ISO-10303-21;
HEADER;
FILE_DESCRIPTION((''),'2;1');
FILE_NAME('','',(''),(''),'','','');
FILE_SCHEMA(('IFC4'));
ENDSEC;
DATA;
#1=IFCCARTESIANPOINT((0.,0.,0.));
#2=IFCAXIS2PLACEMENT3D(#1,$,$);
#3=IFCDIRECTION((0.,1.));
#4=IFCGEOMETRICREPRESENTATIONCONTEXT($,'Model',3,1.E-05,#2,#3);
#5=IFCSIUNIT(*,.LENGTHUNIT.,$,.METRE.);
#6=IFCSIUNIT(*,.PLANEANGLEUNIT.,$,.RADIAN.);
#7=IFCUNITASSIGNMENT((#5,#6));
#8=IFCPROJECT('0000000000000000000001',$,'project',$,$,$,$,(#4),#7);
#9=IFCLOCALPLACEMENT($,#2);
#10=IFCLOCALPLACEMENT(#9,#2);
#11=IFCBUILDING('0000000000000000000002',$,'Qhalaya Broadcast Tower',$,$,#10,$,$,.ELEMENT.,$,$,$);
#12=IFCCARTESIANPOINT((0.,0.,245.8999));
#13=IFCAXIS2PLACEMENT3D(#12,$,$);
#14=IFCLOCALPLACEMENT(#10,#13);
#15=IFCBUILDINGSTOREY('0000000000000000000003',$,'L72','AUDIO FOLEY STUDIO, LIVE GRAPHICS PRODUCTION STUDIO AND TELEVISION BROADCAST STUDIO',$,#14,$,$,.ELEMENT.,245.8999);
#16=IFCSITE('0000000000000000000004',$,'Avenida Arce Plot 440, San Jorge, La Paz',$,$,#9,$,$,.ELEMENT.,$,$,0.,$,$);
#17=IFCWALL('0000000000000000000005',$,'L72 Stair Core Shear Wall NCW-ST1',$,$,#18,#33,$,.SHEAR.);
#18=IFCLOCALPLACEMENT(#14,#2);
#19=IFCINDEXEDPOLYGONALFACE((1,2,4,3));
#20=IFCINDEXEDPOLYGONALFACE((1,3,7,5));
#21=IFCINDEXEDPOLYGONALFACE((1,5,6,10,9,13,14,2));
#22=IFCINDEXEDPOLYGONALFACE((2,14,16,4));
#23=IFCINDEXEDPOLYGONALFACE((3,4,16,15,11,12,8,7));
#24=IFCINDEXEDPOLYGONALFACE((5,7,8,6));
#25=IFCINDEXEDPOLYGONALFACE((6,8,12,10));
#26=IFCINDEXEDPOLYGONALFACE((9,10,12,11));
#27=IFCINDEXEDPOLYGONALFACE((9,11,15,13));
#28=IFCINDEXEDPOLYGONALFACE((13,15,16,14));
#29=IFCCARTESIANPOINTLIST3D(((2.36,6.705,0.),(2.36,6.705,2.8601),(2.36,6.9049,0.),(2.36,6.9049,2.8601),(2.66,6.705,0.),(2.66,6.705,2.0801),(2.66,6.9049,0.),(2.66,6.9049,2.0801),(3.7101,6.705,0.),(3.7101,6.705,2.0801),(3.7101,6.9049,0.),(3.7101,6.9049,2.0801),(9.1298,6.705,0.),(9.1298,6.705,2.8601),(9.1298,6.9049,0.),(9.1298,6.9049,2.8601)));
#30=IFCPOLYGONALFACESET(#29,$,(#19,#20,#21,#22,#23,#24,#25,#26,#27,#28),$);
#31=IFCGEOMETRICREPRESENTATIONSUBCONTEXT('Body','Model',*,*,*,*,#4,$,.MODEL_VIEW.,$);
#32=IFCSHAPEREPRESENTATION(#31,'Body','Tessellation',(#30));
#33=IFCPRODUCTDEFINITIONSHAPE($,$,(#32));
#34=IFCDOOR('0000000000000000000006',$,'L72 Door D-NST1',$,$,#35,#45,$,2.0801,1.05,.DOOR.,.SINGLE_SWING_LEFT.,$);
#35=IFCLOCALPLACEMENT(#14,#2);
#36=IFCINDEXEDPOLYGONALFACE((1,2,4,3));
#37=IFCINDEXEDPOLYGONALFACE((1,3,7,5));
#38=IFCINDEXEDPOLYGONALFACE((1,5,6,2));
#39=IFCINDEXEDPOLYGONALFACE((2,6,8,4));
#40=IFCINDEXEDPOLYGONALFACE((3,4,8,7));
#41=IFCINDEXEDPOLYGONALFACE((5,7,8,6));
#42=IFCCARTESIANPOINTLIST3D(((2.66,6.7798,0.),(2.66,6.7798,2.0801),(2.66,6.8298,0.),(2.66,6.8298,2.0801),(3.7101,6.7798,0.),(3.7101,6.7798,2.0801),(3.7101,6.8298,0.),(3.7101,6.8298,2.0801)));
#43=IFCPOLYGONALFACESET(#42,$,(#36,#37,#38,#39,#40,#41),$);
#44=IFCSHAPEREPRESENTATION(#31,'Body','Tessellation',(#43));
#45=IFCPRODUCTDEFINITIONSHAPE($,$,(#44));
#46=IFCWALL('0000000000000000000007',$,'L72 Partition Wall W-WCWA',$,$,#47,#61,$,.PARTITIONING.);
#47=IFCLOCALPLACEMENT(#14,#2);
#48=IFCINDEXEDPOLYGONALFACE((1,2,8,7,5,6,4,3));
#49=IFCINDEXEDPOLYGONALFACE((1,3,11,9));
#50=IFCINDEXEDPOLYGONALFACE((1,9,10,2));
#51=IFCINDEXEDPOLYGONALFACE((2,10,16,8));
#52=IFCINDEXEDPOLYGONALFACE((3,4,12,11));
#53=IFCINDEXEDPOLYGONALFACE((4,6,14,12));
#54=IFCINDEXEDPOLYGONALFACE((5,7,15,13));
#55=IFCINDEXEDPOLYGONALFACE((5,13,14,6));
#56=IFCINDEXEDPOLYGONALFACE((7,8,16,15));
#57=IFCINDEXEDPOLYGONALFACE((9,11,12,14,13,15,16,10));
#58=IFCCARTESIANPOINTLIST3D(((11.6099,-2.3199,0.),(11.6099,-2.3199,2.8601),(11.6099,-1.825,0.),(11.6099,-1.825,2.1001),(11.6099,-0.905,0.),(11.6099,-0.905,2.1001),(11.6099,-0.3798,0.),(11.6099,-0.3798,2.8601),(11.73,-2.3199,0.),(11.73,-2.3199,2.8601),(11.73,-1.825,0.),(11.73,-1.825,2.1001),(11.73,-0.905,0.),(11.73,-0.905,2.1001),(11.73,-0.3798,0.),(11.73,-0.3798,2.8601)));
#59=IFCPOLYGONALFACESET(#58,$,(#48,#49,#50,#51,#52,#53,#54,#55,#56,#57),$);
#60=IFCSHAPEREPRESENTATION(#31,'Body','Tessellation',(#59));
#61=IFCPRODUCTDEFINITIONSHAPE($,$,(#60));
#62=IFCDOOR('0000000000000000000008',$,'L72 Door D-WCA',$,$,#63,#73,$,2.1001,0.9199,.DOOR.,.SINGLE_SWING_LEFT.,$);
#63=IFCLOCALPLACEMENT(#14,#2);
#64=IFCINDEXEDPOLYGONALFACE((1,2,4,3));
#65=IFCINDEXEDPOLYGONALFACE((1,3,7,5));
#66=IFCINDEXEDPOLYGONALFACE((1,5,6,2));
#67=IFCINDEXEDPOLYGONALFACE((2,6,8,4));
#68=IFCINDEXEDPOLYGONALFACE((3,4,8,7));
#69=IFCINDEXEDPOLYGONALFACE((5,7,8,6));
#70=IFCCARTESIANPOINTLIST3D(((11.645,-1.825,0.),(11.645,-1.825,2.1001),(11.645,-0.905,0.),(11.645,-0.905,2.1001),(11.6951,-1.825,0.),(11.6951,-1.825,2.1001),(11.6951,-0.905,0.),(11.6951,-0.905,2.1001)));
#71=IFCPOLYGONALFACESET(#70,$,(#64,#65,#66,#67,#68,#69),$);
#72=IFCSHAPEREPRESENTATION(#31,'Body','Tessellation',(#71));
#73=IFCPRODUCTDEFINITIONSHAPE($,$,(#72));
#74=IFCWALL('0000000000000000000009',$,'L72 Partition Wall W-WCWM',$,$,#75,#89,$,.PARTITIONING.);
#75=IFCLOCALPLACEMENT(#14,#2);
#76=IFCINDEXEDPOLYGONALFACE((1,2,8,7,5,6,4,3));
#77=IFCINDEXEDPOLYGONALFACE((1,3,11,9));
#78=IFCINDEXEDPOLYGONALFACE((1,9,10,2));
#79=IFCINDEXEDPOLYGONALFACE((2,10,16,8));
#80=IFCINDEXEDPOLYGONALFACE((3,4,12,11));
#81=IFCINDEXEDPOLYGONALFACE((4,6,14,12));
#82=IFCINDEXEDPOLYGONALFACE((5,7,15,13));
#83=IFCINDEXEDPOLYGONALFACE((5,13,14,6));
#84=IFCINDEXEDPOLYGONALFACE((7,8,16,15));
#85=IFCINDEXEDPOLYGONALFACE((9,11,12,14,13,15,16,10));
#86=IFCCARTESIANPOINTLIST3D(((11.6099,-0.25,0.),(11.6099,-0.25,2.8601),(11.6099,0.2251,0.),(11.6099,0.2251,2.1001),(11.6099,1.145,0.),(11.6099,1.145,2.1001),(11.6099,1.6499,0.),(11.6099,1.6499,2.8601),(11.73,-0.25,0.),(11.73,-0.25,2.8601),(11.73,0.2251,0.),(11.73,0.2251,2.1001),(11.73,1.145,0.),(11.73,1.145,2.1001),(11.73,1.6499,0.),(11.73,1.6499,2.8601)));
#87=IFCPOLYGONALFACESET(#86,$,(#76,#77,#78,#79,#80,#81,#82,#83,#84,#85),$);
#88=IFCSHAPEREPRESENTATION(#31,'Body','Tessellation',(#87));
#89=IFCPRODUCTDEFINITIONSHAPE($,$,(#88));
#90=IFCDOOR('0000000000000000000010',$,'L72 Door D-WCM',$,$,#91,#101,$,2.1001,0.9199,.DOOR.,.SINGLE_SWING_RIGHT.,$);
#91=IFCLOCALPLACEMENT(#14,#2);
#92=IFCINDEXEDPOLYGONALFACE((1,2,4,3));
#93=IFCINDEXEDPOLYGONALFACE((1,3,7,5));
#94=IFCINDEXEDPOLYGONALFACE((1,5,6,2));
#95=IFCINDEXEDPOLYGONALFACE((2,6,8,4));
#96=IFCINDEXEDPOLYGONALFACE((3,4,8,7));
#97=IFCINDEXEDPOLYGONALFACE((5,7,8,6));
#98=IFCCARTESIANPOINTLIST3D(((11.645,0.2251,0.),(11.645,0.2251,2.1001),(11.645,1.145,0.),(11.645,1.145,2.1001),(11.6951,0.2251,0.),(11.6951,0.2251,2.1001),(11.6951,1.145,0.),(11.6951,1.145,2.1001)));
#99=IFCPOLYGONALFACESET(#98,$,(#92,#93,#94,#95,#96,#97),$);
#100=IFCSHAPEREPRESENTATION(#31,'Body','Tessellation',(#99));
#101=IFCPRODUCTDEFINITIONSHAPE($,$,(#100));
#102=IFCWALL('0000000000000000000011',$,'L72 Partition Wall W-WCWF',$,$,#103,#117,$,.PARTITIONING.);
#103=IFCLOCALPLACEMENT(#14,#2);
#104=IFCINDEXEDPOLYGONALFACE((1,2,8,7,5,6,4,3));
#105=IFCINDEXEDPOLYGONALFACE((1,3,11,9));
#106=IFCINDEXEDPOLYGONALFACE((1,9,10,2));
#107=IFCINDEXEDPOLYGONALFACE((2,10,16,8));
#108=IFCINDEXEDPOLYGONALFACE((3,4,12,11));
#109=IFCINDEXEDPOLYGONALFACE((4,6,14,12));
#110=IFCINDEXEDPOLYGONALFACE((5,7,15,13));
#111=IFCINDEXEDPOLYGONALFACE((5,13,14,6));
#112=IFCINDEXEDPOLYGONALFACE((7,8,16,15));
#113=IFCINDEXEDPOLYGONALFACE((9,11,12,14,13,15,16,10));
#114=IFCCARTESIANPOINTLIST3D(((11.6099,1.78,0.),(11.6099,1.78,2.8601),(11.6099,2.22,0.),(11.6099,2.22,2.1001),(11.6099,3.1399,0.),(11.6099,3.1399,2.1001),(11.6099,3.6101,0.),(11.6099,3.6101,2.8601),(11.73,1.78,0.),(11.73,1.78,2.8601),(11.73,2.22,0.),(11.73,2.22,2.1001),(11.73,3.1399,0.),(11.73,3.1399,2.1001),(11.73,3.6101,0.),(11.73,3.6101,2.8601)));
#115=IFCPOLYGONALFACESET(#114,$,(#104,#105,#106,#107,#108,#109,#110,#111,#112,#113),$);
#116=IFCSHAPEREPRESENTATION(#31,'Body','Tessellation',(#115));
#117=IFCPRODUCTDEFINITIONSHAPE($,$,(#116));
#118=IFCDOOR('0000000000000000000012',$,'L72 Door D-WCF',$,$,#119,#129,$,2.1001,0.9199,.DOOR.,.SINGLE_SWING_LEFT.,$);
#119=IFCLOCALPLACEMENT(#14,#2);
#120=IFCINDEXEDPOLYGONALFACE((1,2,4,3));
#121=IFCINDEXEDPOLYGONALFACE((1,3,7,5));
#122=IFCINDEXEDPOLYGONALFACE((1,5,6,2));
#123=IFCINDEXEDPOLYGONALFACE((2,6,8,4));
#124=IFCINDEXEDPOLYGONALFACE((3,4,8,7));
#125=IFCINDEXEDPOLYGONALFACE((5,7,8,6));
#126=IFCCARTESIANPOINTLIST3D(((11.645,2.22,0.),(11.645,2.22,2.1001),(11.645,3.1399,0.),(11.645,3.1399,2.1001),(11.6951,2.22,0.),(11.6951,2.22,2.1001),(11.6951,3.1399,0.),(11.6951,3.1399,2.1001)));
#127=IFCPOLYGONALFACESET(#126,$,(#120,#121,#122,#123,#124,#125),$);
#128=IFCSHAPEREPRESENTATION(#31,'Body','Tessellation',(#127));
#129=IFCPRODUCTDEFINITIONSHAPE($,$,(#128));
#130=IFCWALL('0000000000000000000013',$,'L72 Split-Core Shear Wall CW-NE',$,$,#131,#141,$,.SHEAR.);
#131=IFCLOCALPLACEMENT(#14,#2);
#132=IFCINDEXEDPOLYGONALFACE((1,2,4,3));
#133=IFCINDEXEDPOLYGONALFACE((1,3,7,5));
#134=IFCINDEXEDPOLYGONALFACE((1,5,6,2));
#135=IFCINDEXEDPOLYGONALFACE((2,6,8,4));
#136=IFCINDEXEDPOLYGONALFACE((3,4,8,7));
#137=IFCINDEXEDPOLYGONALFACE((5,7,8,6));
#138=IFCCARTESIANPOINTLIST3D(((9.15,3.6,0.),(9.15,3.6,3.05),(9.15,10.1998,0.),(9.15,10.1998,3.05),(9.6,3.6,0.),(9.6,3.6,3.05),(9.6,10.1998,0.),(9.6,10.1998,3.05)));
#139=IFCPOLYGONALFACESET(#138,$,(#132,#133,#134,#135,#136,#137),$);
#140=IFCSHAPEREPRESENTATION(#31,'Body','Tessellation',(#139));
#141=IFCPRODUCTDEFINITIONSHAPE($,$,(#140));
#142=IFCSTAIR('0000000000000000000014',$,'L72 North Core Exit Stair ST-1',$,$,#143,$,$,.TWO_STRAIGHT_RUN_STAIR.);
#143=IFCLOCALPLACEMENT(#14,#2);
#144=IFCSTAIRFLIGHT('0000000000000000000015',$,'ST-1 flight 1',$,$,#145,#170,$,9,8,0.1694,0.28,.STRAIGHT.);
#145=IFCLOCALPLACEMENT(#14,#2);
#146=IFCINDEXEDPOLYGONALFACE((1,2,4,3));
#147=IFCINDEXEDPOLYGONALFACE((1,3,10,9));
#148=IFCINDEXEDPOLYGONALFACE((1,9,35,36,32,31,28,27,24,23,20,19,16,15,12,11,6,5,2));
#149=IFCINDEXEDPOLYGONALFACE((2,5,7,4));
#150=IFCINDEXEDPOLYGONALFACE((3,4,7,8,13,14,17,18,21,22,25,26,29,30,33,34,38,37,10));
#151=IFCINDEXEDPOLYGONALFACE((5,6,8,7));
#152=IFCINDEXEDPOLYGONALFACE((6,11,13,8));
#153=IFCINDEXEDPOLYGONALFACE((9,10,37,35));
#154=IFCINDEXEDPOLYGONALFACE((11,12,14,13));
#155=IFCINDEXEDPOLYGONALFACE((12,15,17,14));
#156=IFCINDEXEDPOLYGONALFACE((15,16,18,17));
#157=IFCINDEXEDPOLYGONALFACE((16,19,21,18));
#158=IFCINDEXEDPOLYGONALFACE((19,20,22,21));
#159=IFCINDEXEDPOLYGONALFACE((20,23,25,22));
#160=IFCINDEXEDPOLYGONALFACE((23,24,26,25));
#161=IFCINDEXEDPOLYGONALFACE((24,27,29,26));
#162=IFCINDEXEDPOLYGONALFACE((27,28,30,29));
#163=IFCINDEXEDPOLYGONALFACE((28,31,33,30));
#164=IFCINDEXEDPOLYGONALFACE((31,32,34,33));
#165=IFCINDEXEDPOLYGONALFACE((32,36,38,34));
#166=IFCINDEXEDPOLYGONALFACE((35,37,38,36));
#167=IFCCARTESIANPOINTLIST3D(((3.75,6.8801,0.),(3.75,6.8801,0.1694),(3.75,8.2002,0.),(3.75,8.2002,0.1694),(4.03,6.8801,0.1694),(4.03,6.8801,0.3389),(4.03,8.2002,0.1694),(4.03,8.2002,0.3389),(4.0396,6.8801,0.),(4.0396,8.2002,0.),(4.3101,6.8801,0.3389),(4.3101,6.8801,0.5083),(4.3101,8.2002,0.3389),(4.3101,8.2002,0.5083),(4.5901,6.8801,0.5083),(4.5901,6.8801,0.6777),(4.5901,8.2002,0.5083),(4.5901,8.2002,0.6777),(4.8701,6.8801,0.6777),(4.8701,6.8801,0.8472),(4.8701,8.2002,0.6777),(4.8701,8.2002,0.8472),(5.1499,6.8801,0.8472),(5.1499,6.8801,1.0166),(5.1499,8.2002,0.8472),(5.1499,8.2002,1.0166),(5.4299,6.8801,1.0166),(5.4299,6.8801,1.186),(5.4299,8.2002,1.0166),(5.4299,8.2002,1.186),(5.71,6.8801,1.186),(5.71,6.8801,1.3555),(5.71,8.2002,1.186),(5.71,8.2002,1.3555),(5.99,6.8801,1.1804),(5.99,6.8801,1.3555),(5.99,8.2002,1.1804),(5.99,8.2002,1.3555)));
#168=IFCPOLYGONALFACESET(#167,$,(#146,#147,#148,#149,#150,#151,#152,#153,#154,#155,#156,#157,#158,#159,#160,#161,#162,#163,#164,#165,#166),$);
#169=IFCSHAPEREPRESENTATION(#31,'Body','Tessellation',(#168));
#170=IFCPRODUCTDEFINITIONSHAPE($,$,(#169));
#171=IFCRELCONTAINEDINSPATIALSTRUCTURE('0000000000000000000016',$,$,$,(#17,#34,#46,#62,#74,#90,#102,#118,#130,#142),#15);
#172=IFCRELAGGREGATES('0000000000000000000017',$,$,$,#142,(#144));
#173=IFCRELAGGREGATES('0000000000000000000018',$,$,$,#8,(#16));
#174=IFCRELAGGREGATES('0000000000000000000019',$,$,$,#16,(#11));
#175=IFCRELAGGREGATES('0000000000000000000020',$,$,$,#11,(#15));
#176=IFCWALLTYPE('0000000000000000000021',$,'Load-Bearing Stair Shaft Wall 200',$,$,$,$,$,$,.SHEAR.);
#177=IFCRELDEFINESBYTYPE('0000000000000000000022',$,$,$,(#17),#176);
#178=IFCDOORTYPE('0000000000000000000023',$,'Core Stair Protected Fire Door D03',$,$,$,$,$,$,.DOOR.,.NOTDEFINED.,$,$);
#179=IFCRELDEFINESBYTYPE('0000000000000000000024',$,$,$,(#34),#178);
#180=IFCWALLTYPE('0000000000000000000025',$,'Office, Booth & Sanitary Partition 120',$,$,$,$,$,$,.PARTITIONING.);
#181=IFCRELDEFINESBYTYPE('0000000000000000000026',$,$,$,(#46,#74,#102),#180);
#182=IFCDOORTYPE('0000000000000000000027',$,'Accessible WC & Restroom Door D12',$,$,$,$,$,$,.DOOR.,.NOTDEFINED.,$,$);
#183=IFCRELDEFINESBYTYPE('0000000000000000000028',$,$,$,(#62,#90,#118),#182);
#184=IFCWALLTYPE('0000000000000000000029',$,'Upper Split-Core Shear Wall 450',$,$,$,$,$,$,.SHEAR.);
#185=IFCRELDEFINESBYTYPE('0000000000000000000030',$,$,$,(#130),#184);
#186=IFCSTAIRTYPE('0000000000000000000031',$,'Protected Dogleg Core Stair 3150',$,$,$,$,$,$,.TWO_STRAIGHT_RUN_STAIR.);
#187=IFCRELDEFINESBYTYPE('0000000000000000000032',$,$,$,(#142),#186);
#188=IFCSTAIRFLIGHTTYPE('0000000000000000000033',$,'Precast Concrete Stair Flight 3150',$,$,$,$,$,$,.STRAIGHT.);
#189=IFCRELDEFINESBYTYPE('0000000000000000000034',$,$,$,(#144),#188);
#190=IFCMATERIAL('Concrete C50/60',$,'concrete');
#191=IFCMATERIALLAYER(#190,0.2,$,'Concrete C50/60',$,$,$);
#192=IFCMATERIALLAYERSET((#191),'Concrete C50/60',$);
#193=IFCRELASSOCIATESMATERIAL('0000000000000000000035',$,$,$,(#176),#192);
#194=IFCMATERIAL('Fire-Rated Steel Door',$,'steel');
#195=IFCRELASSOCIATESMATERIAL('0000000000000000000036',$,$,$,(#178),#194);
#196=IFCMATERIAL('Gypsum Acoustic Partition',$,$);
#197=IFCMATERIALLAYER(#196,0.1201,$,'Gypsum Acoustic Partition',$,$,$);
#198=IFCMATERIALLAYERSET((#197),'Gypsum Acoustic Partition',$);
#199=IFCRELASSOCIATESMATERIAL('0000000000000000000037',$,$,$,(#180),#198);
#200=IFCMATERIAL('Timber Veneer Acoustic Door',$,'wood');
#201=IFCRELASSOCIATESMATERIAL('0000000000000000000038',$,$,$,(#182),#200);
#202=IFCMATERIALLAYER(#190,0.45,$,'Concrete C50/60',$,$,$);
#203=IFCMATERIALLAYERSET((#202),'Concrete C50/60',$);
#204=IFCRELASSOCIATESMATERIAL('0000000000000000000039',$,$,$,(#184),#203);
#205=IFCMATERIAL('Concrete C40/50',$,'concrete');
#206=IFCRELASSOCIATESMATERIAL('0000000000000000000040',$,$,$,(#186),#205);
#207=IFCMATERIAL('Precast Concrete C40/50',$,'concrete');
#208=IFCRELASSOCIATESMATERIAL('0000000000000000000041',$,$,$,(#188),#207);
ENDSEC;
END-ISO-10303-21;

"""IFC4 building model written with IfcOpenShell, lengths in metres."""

from ifc_helpers import new_model, si_unit, direction, frame, frame_2d, origin, place, context, subcontext, project, spatial, polyline, rectangle, outline, extrude, material, layer, layer_set, type_object, element, fill, aggregate, save


model = new_model("IFC4")

# Units and contexts
model_context = context("Model", 3, precision=1e-05, world=origin(), true_north=direction((0.0, 1.0)))
body_context = subcontext(model_context, "Body", "Model", "MODEL_VIEW")
ifc_project = project(units=[si_unit("LENGTHUNIT", "METRE"), si_unit("PLANEANGLEUNIT", "RADIAN")], contexts=[model_context])

# Site, building, storey
site_placement = place(None, origin())
site = spatial("IfcSite", under=ifc_project, at=site_placement, Name="Avenida Arce Plot 440, San Jorge, La Paz", CompositionType="ELEMENT", RefElevation=0.0)
building_placement = place(site_placement, origin())
building = spatial("IfcBuilding", under=site, at=building_placement, Name="Qhalaya Broadcast Tower", CompositionType="ELEMENT")
storey_placement = place(building_placement, frame((0.0, 0.0, 245.8999)))
storey = spatial("IfcBuildingStorey", under=building, at=storey_placement, Name="L72", Description="AUDIO FOLEY STUDIO, LIVE GRAPHICS PRODUCTION STUDIO AND TELEVISION BROADCAST STUDIO", CompositionType="ELEMENT", Elevation=245.8999)

# Shared definitions
ifc_material_1 = material(Name="Concrete C50/60", Category="concrete")

# Walls, openings, doors
ifc_material_2 = material(Name="Gypsum Acoustic Partition")
ifc_material_3 = material(Name="Timber Veneer Acoustic Door", Category="wood")
ifc_layer_1 = layer(ifc_material_1, 0.2, Name="Concrete C50/60")
ifc_layer_set_1 = layer_set([ifc_layer_1], Name="Concrete C50/60")
wall_type_1 = type_object("IfcWallType", Name="Load-Bearing Stair Shaft Wall 200", PredefinedType="SHEAR", material=ifc_layer_set_1)
wall_1_placement = place(storey_placement, frame((2.3601, 6.8049, 0.0), z_axis=(0.0, 0.0, 1.0), x_axis=(1.0, 0.0, 0.0)))
wall_1 = element("IfcWall", 1, at=wall_1_placement, inside=storey, type_object=wall_type_1, Name="L72 Stair Core Shear Wall NCW-ST1", PredefinedType="SHEAR", context=body_context, shape_type="SweptSolid", body=[
    extrude(rectangle(XDim=6.7698, YDim=0.2, at=frame_2d((3.3848, 0.0))), origin(), (0.0, 0.0, 1.0), 2.8601),
])
opening_1_placement = place(wall_1_placement, frame((0.3, 0.0, 0.0)))
opening_1 = element("IfcOpeningElement", 2, at=opening_1_placement, cuts=wall_1, PredefinedType="OPENING", context=body_context, shape_type="SweptSolid", body=[
    extrude(rectangle(XDim=1.05, YDim=2.0801, at=frame_2d((0.5249, 1.04))), frame((0.0, 0.1121, 0.0), z_axis=(0.0, -1.0, 0.0), x_axis=(1.0, 0.0, 0.0)), (0.0, 0.0, 1.0), 0.2239),
])
ifc_material_4 = material(Name="Fire-Rated Steel Door", Category="steel")
door_type_1 = type_object("IfcDoorType", Name="Core Stair Protected Fire Door D03", OperationType="NOTDEFINED", PredefinedType="DOOR", material=ifc_material_4)
door_1_placement = place(opening_1_placement, origin())
door_1 = element("IfcDoor", 3, at=door_1_placement, inside=storey, type_object=door_type_1, Name="L72 Door D-NST1", OperationType="SINGLE_SWING_LEFT", OverallHeight=2.0801, OverallWidth=1.05, PredefinedType="DOOR", context=body_context, shape_type="SweptSolid", body=[
    extrude(rectangle(XDim=1.05, YDim=2.0801, at=frame_2d((0.5249, 1.04))), frame((0.0, 0.0249, 0.0), z_axis=(0.0, -1.0, 0.0), x_axis=(1.0, 0.0, 0.0)), (0.0, 0.0, 1.0), 0.05),
])
fill(opening_1, door_1)
ifc_layer_2 = layer(ifc_material_2, 0.1201, Name="Gypsum Acoustic Partition")
ifc_layer_set_2 = layer_set([ifc_layer_2], Name="Gypsum Acoustic Partition")
wall_type_2 = type_object("IfcWallType", Name="Office, Booth & Sanitary Partition 120", PredefinedType="PARTITIONING", material=ifc_layer_set_2)
wall_2_placement = place(storey_placement, frame((11.6699, -2.3201, 0.0), z_axis=(0.0, 0.0, 1.0), x_axis=(0.0, 1.0, 0.0)))
wall_2 = element("IfcWall", 4, at=wall_2_placement, inside=storey, type_object=wall_type_2, Name="L72 Partition Wall W-WCWA", PredefinedType="PARTITIONING", context=body_context, shape_type="SweptSolid", body=[
    extrude(rectangle(XDim=1.9402, YDim=0.1201, at=frame_2d((0.9702, 0.0))), origin(), (0.0, 0.0, 1.0), 2.8601),
])
opening_2_placement = place(wall_2_placement, frame((0.4951, 0.0, 0.0)))
opening_2 = element("IfcOpeningElement", 5, at=opening_2_placement, cuts=wall_2, PredefinedType="OPENING", context=body_context, shape_type="SweptSolid", body=[
    extrude(rectangle(XDim=0.9199, YDim=2.1001, at=frame_2d((0.46, 1.05))), frame((0.0, 0.072, 0.0), z_axis=(0.0, -1.0, 0.0), x_axis=(1.0, 0.0, 0.0)), (0.0, 0.0, 1.0), 0.144),
])
door_type_2 = type_object("IfcDoorType", Name="Accessible WC & Restroom Door D12", OperationType="NOTDEFINED", PredefinedType="DOOR", material=ifc_material_3)
door_2_placement = place(opening_2_placement, origin())
door_2 = element("IfcDoor", 6, at=door_2_placement, inside=storey, type_object=door_type_2, Name="L72 Door D-WCA", OperationType="SINGLE_SWING_LEFT", OverallHeight=2.1001, OverallWidth=0.9199, PredefinedType="DOOR", context=body_context, shape_type="SweptSolid", body=[
    extrude(rectangle(XDim=0.9199, YDim=2.1001, at=frame_2d((0.46, 1.05))), frame((0.0, 0.0249, 0.0), z_axis=(0.0, -1.0, 0.0), x_axis=(1.0, 0.0, 0.0)), (0.0, 0.0, 1.0), 0.05),
])
fill(opening_2, door_2)
wall_3_placement = place(storey_placement, frame((11.6699, -0.25, 0.0), z_axis=(0.0, 0.0, 1.0), x_axis=(0.0, 1.0, 0.0)))
wall_3 = element("IfcWall", 7, at=wall_3_placement, inside=storey, type_object=wall_type_2, Name="L72 Partition Wall W-WCWM", PredefinedType="PARTITIONING", context=body_context, shape_type="SweptSolid", body=[
    extrude(rectangle(XDim=1.8999, YDim=0.1201, at=frame_2d((0.95, 0.0))), origin(), (0.0, 0.0, 1.0), 2.8601),
])
opening_3_placement = place(wall_3_placement, frame((0.4751, 0.0, 0.0)))
opening_3 = element("IfcOpeningElement", 8, at=opening_3_placement, cuts=wall_3, PredefinedType="OPENING", context=body_context, shape_type="SweptSolid", body=[
    extrude(rectangle(XDim=0.9199, YDim=2.1001, at=frame_2d((0.46, 1.05))), frame((0.0, 0.072, 0.0), z_axis=(0.0, -1.0, 0.0), x_axis=(1.0, 0.0, 0.0)), (0.0, 0.0, 1.0), 0.144),
])
door_3_placement = place(opening_3_placement, origin())
door_3 = element("IfcDoor", 9, at=door_3_placement, inside=storey, type_object=door_type_2, Name="L72 Door D-WCM", OperationType="SINGLE_SWING_RIGHT", OverallHeight=2.1001, OverallWidth=0.9199, PredefinedType="DOOR", context=body_context, shape_type="SweptSolid", body=[
    extrude(rectangle(XDim=0.9199, YDim=2.1001, at=frame_2d((0.46, 1.05))), frame((0.0, 0.0249, 0.0), z_axis=(0.0, -1.0, 0.0), x_axis=(1.0, 0.0, 0.0)), (0.0, 0.0, 1.0), 0.05),
])
fill(opening_3, door_3)
wall_4_placement = place(storey_placement, frame((11.6699, 1.78, 0.0), z_axis=(0.0, 0.0, 1.0), x_axis=(0.0, 1.0, 0.0)))
wall_4 = element("IfcWall", 10, at=wall_4_placement, inside=storey, type_object=wall_type_2, Name="L72 Partition Wall W-WCWF", PredefinedType="PARTITIONING", context=body_context, shape_type="SweptSolid", body=[
    extrude(rectangle(XDim=1.8301, YDim=0.1201, at=frame_2d((0.915, 0.0))), origin(), (0.0, 0.0, 1.0), 2.8601),
])
opening_4_placement = place(wall_4_placement, frame((0.4399, 0.0, 0.0)))
opening_4 = element("IfcOpeningElement", 11, at=opening_4_placement, cuts=wall_4, PredefinedType="OPENING", context=body_context, shape_type="SweptSolid", body=[
    extrude(rectangle(XDim=0.9199, YDim=2.1001, at=frame_2d((0.46, 1.05))), frame((0.0, 0.072, 0.0), z_axis=(0.0, -1.0, 0.0), x_axis=(1.0, 0.0, 0.0)), (0.0, 0.0, 1.0), 0.144),
])
door_4_placement = place(opening_4_placement, origin())
door_4 = element("IfcDoor", 12, at=door_4_placement, inside=storey, type_object=door_type_2, Name="L72 Door D-WCF", OperationType="SINGLE_SWING_LEFT", OverallHeight=2.1001, OverallWidth=0.9199, PredefinedType="DOOR", context=body_context, shape_type="SweptSolid", body=[
    extrude(rectangle(XDim=0.9199, YDim=2.1001, at=frame_2d((0.46, 1.05))), frame((0.0, 0.0249, 0.0), z_axis=(0.0, -1.0, 0.0), x_axis=(1.0, 0.0, 0.0)), (0.0, 0.0, 1.0), 0.05),
])
fill(opening_4, door_4)

# Wall
ifc_layer_3 = layer(ifc_material_1, 0.45, Name="Concrete C50/60")
ifc_layer_set_3 = layer_set([ifc_layer_3], Name="Concrete C50/60")
wall_type_3 = type_object("IfcWallType", Name="Upper Split-Core Shear Wall 450", PredefinedType="SHEAR", material=ifc_layer_set_3)
wall_5_placement = place(storey_placement, frame((9.375, 3.6001, 0.0), z_axis=(0.0, 0.0, 1.0), x_axis=(0.0, 1.0, 0.0)))
element("IfcWall", 13, at=wall_5_placement, inside=storey, type_object=wall_type_3, Name="L72 Split-Core Shear Wall CW-NE", PredefinedType="SHEAR", context=body_context, shape_type="SweptSolid", body=[
    extrude(rectangle(XDim=6.5999, YDim=0.45, at=frame_2d((3.2998, 0.0))), origin(), (0.0, 0.0, 1.0), 3.05),
])

# Stair, stair flight
ifc_material_5 = material(Name="Concrete C40/50", Category="concrete")
stair_type = type_object("IfcStairType", Name="Protected Dogleg Core Stair 3150", PredefinedType="TWO_STRAIGHT_RUN_STAIR", material=ifc_material_5)
stair_placement = place(storey_placement, origin())
stair = element("IfcStair", 14, at=stair_placement, inside=storey, type_object=stair_type, Name="L72 North Core Exit Stair ST-1", PredefinedType="TWO_STRAIGHT_RUN_STAIR")
ifc_material_6 = material(Name="Precast Concrete C40/50", Category="concrete")
stair_flight_type = type_object("IfcStairFlightType", Name="Precast Concrete Stair Flight 3150", PredefinedType="STRAIGHT", material=ifc_material_6)
stair_flight_placement = place(storey_placement, frame((3.75, 7.54, 0.0), z_axis=(0.0, 0.0, 1.0), x_axis=(1.0, 0.0, 0.0)))
stair_flight = element("IfcStairFlight", 15, at=stair_flight_placement, type_object=stair_flight_type, Name="ST-1 flight 1", NumberOfRisers=9, NumberOfTreads=8, PredefinedType="STRAIGHT", RiserHeight=0.1694, TreadLength=0.28, context=body_context, shape_type="SweptSolid", body=[
    extrude(outline(polyline([(0.0, 0.0), (0.0, 0.1694), (0.28, 0.1694), (0.28, 0.3389), (0.5601, 0.3389), (0.5601, 0.5083), (0.8401, 0.5083), (0.8401, 0.6777), (1.1201, 0.6777), (1.1201, 0.8472), (1.3999, 0.8472), (1.3999, 1.0166), (1.6799, 1.0166), (1.6799, 1.186), (1.96, 1.186), (1.96, 1.3555), (2.24, 1.3555), (2.24, 1.5249), (2.24, 1.1804), (0.2896, 0.0), (0.0, 0.0)])), frame((0.0, 0.6602, 0.0), z_axis=(0.0, -1.0, 0.0), x_axis=(1.0, 0.0, 0.0)), (0.0, 0.0, 1.0), 1.3201),
])
aggregate(stair, [stair_flight])

save(model, "model.ifc")
